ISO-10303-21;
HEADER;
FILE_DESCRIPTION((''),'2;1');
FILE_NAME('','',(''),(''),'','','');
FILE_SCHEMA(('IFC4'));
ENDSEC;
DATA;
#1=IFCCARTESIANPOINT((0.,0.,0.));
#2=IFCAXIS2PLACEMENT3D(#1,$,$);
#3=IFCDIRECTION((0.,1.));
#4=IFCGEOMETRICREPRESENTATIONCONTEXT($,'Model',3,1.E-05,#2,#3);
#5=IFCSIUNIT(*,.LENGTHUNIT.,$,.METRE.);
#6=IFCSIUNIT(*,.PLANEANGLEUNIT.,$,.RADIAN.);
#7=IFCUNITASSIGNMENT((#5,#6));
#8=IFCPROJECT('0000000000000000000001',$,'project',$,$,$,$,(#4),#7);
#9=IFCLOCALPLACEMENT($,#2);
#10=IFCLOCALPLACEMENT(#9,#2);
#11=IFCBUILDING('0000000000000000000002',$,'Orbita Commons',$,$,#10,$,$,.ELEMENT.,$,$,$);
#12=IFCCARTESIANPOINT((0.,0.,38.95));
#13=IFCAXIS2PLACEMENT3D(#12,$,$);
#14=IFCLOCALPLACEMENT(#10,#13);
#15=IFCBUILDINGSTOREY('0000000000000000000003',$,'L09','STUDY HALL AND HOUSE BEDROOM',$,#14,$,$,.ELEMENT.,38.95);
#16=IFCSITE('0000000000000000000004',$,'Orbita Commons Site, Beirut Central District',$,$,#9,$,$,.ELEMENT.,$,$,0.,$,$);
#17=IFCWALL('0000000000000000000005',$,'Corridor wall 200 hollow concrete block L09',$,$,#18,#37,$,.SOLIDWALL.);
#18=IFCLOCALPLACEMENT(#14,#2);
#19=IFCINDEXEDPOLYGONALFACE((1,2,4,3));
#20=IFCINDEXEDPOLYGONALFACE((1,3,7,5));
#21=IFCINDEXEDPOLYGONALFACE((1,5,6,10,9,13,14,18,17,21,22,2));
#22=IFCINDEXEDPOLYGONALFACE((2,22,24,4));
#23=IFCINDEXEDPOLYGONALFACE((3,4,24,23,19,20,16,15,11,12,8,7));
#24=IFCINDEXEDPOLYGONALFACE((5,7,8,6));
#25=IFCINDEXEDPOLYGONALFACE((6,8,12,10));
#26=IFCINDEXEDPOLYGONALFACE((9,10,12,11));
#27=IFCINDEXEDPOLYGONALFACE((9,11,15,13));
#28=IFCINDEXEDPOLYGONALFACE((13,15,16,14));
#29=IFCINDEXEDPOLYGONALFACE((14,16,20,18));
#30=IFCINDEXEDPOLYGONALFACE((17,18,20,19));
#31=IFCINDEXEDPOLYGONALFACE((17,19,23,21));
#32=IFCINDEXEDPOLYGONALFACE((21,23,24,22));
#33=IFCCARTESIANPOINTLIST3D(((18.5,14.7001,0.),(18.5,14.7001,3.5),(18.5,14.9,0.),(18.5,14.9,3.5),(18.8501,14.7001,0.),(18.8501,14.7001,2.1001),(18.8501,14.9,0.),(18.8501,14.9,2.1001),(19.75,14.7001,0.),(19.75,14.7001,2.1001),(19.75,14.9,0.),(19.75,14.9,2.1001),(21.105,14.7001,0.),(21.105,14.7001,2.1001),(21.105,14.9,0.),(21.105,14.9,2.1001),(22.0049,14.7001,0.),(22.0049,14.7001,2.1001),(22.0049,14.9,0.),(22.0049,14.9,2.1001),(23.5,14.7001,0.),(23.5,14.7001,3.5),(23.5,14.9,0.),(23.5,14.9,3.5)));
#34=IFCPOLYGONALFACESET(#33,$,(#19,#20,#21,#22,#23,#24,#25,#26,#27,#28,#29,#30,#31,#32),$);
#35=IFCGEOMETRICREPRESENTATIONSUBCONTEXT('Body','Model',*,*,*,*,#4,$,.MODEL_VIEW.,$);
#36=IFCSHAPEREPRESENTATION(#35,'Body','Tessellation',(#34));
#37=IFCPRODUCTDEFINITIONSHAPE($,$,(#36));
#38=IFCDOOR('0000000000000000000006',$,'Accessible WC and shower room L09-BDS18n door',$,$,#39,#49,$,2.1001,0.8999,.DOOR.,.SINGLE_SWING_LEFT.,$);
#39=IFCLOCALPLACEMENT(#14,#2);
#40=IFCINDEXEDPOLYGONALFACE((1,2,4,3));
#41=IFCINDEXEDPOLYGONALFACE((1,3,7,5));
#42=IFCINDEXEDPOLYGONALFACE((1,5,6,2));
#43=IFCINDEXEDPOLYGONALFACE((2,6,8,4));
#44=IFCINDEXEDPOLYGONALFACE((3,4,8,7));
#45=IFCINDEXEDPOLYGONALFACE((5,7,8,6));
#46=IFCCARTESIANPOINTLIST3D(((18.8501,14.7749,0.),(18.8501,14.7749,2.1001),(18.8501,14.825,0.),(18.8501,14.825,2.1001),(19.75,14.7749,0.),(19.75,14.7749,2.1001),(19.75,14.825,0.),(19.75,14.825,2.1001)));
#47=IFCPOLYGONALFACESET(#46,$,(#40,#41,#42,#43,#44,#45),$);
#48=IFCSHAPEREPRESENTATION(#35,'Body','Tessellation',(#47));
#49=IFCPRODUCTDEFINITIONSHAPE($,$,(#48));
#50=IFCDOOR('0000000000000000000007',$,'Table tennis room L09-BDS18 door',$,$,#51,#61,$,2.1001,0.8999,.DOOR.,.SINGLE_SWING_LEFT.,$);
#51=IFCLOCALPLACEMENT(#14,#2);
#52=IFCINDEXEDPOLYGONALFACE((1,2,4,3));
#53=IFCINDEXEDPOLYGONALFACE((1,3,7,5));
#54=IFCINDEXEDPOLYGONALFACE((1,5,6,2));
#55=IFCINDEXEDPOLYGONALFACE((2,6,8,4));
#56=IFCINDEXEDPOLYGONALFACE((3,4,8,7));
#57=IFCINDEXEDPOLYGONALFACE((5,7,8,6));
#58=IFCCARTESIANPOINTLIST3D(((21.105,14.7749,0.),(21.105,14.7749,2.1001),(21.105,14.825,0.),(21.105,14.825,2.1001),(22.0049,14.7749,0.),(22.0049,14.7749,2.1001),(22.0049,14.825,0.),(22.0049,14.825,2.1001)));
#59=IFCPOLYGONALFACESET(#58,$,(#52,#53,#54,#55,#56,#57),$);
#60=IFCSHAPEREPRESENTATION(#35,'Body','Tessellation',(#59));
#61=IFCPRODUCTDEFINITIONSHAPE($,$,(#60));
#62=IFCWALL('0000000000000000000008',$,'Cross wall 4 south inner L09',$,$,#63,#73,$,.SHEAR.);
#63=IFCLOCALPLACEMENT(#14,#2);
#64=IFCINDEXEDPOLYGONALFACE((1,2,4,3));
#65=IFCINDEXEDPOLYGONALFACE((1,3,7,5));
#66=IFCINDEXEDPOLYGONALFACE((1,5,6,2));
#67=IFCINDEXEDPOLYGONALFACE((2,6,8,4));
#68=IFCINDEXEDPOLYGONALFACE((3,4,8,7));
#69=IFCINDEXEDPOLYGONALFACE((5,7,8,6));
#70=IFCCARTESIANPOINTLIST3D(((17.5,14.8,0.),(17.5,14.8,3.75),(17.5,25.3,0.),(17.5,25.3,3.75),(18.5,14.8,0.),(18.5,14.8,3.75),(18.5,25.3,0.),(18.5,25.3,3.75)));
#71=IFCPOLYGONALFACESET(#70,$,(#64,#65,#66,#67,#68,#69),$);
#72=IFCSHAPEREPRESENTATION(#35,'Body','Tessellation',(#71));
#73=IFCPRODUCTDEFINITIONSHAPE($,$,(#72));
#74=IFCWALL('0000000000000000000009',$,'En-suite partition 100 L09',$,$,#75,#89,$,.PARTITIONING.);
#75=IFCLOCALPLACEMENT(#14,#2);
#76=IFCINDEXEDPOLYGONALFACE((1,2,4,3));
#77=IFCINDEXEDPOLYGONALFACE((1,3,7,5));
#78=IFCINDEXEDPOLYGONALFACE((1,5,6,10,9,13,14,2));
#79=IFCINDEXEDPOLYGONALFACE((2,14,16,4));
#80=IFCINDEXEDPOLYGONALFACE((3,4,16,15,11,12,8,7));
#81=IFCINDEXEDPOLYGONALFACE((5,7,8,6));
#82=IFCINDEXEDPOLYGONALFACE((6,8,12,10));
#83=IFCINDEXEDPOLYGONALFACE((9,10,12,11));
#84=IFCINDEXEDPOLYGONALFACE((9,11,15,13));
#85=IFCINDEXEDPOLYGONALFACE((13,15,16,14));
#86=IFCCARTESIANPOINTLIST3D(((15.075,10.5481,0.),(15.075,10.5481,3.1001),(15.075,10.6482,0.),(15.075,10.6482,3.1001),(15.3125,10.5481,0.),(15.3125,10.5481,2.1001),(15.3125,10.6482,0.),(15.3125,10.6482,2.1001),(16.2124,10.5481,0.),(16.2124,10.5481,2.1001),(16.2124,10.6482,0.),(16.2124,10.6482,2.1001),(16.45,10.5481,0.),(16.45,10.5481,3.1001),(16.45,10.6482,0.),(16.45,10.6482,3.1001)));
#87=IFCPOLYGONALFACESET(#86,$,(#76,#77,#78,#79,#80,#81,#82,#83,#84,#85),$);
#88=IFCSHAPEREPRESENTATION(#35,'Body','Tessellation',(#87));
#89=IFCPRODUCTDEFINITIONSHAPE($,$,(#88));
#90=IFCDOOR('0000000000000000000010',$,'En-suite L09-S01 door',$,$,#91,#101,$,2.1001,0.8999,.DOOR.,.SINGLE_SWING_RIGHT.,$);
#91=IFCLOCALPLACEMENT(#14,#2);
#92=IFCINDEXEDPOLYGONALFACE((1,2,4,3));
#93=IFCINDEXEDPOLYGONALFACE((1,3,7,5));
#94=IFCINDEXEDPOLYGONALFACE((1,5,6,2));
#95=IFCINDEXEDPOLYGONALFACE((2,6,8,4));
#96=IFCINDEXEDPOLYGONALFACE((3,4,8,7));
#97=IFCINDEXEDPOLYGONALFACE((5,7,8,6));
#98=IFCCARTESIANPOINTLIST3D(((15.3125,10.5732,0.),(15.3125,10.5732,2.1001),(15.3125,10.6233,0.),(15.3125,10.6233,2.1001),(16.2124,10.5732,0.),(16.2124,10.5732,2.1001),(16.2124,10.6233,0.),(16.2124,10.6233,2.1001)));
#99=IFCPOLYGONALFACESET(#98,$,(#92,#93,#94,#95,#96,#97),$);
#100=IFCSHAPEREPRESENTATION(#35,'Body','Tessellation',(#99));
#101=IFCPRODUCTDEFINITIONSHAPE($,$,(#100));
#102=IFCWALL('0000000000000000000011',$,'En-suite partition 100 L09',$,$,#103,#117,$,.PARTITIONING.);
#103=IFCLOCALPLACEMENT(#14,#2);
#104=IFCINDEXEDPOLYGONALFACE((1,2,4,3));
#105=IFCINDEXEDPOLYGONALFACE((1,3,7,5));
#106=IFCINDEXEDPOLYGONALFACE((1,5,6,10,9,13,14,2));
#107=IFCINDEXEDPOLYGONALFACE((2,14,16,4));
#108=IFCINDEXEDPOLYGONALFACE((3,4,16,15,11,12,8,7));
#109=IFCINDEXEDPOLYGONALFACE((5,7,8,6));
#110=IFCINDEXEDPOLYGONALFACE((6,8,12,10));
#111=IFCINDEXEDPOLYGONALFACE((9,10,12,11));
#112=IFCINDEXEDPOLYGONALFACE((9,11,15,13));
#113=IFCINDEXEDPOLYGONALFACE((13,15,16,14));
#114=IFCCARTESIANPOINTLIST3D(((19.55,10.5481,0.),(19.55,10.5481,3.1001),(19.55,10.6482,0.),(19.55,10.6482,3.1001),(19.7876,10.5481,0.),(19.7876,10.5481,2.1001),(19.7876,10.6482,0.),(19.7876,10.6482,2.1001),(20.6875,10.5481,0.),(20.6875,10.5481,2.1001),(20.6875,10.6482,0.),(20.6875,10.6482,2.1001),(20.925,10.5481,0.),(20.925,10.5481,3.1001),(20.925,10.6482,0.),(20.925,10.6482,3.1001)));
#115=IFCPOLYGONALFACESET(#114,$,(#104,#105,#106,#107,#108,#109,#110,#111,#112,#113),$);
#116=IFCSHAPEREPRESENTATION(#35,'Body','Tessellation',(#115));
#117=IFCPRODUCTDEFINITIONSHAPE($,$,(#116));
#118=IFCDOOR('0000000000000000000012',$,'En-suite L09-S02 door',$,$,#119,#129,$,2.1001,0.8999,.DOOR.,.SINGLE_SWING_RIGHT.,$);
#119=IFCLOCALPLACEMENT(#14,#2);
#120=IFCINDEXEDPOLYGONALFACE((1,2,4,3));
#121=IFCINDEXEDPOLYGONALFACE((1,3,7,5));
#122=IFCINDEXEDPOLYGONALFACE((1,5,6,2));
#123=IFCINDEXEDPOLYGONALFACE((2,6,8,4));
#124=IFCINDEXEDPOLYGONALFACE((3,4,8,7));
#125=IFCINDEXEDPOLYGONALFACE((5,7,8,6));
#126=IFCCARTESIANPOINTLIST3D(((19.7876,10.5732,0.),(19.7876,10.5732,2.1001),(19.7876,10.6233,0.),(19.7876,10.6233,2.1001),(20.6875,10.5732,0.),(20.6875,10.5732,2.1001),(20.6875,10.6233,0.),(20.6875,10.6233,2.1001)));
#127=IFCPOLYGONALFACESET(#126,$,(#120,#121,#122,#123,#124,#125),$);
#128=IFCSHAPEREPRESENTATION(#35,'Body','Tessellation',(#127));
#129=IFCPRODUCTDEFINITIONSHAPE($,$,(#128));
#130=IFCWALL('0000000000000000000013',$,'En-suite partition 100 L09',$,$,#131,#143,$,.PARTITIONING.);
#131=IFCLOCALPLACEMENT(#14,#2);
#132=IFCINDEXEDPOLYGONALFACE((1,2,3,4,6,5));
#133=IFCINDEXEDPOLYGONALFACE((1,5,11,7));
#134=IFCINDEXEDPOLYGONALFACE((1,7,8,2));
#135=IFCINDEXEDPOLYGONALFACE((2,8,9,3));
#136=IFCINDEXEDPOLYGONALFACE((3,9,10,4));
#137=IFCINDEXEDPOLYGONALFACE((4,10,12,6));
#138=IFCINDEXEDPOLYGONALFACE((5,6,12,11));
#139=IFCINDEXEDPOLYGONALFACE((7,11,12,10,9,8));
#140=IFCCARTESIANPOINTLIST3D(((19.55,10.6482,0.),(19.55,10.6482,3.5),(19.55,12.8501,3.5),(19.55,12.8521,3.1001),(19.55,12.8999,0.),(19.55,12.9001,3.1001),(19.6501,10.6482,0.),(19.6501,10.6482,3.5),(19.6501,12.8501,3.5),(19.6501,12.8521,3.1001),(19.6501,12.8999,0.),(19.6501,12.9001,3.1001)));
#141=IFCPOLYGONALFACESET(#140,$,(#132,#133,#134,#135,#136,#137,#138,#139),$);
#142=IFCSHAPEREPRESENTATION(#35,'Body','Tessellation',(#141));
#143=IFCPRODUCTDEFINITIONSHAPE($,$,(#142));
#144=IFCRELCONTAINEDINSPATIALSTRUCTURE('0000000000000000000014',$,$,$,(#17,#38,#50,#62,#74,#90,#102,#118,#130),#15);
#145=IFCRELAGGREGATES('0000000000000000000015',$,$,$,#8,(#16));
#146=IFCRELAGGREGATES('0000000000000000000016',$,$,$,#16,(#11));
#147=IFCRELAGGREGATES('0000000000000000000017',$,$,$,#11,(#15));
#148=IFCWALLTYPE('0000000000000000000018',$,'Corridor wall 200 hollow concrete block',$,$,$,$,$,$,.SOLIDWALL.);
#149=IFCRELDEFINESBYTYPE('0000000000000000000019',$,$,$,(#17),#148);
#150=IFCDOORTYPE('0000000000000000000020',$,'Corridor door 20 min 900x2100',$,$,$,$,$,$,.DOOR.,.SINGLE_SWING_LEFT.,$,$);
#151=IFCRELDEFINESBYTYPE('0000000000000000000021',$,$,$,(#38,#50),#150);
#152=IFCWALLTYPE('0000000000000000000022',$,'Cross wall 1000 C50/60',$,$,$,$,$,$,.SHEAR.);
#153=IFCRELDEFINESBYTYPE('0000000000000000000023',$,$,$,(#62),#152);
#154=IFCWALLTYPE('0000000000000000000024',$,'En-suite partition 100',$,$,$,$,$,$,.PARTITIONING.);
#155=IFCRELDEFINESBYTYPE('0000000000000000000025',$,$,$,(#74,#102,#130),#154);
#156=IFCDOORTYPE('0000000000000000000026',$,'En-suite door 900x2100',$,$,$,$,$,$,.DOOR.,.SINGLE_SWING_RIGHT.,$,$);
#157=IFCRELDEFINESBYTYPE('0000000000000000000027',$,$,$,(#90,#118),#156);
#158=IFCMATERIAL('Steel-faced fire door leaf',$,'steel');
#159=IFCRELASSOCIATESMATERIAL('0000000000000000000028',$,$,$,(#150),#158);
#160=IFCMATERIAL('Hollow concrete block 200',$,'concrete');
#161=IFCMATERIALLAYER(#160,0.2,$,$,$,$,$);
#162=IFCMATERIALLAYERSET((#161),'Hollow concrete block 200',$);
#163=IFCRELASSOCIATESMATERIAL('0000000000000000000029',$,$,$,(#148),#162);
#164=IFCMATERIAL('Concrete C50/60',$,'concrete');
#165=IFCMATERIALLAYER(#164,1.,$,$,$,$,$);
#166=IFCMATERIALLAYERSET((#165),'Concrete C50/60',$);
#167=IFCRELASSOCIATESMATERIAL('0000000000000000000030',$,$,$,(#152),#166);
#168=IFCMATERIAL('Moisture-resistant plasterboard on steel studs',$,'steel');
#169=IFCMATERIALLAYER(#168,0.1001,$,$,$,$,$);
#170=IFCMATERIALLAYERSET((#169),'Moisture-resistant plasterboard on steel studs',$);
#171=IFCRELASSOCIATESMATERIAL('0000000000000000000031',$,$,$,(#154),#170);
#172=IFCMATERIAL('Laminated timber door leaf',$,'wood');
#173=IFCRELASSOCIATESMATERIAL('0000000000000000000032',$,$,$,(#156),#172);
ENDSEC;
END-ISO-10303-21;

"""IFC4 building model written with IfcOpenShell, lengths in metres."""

from ifc_helpers import new_model, si_unit, direction, frame, frame_2d, origin, place, context, subcontext, project, spatial, polyline, rectangle, outline, extrude, material, layer, layer_set, type_object, element, fill, save


model = new_model("IFC4")

# Units and contexts
model_context = context("Model", 3, precision=1e-05, world=origin(), true_north=direction((0.0, 1.0)))
body_context = subcontext(model_context, "Body", "Model", "MODEL_VIEW")
ifc_project = project(units=[si_unit("LENGTHUNIT", "METRE"), si_unit("PLANEANGLEUNIT", "RADIAN")], contexts=[model_context])

# Site, building, storey
site_placement = place(None, origin())
site = spatial("IfcSite", under=ifc_project, at=site_placement, Name="Orbita Commons Site, Beirut Central District", CompositionType="ELEMENT", RefElevation=0.0)
building_placement = place(site_placement, origin())
building = spatial("IfcBuilding", under=site, at=building_placement, Name="Orbita Commons", CompositionType="ELEMENT")
storey_placement = place(building_placement, frame((0.0, 0.0, 38.95)))
storey = spatial("IfcBuildingStorey", under=building, at=storey_placement, Name="L09", Description="STUDY HALL AND HOUSE BEDROOM", CompositionType="ELEMENT", Elevation=38.95)

# Wall, openings, doors
ifc_material_1 = material(Name="Steel-faced fire door leaf", Category="steel")
door_type_1 = type_object("IfcDoorType", Name="Corridor door 20 min 900x2100", OperationType="SINGLE_SWING_LEFT", PredefinedType="DOOR", material=ifc_material_1)
ifc_material_2 = material(Name="Hollow concrete block 200", Category="concrete")
ifc_layer_1 = layer(ifc_material_2, 0.2)
ifc_layer_set_1 = layer_set([ifc_layer_1], Name="Hollow concrete block 200")
wall_type_1 = type_object("IfcWallType", Name="Corridor wall 200 hollow concrete block", PredefinedType="SOLIDWALL", material=ifc_layer_set_1)
wall_1_placement = place(storey_placement, frame((18.5, 14.8, 0.0), z_axis=(0.0, 0.0, 1.0), x_axis=(1.0, 0.0, 0.0)))
wall_1 = element("IfcWall", 1, at=wall_1_placement, inside=storey, type_object=wall_type_1, Name="Corridor wall 200 hollow concrete block L09", PredefinedType="SOLIDWALL", context=body_context, shape_type="SweptSolid", body=[
    extrude(rectangle(XDim=5.0, YDim=0.2, at=frame_2d((2.5, 0.0))), origin(), (0.0, 0.0, 1.0), 3.5),
])
opening_1_placement = place(wall_1_placement, frame((0.3501, 0.0, 0.0)))
opening_1 = element("IfcOpeningElement", 2, at=opening_1_placement, cuts=wall_1, PredefinedType="OPENING", context=body_context, shape_type="SweptSolid", body=[
    extrude(rectangle(XDim=0.8999, YDim=2.1001, at=frame_2d((0.45, 1.05))), frame((0.0, 0.1099, 0.0), z_axis=(0.0, -1.0, 0.0), x_axis=(1.0, 0.0, 0.0)), (0.0, 0.0, 1.0), 0.22),
])
opening_2_placement = place(wall_1_placement, frame((2.605, 0.0, 0.0)))
opening_2 = element("IfcOpeningElement", 3, at=opening_2_placement, cuts=wall_1, PredefinedType="OPENING", context=body_context, shape_type="SweptSolid", body=[
    extrude(rectangle(XDim=0.8999, YDim=2.1001, at=frame_2d((0.45, 1.05))), frame((0.0, 0.1099, 0.0), z_axis=(0.0, -1.0, 0.0), x_axis=(1.0, 0.0, 0.0)), (0.0, 0.0, 1.0), 0.22),
])
door_1_placement = place(opening_1_placement, origin())
door_1 = element("IfcDoor", 4, at=door_1_placement, inside=storey, type_object=door_type_1, Name="Accessible WC and shower room L09-BDS18n door", OperationType="SINGLE_SWING_LEFT", OverallHeight=2.1001, OverallWidth=0.8999, PredefinedType="DOOR", context=body_context, shape_type="SweptSolid", body=[
    extrude(rectangle(XDim=0.8999, YDim=2.1001, at=frame_2d((0.45, 1.05))), frame((0.0, 0.0249, 0.0), z_axis=(0.0, -1.0, 0.0), x_axis=(1.0, 0.0, 0.0)), (0.0, 0.0, 1.0), 0.05),
])
fill(opening_1, door_1)
door_2_placement = place(opening_2_placement, origin())
door_2 = element("IfcDoor", 5, at=door_2_placement, inside=storey, type_object=door_type_1, Name="Table tennis room L09-BDS18 door", OperationType="SINGLE_SWING_LEFT", OverallHeight=2.1001, OverallWidth=0.8999, PredefinedType="DOOR", context=body_context, shape_type="SweptSolid", body=[
    extrude(rectangle(XDim=0.8999, YDim=2.1001, at=frame_2d((0.45, 1.05))), frame((0.0, 0.0249, 0.0), z_axis=(0.0, -1.0, 0.0), x_axis=(1.0, 0.0, 0.0)), (0.0, 0.0, 1.0), 0.05),
])
fill(opening_2, door_2)

# Wall
ifc_material_3 = material(Name="Concrete C50/60", Category="concrete")
ifc_layer_2 = layer(ifc_material_3, 1.0)
ifc_layer_set_2 = layer_set([ifc_layer_2], Name="Concrete C50/60")
wall_type_2 = type_object("IfcWallType", Name="Cross wall 1000 C50/60", PredefinedType="SHEAR", material=ifc_layer_set_2)
wall_2_placement = place(storey_placement, frame((18.0, 14.8, 0.0), z_axis=(0.0, 0.0, 1.0), x_axis=(0.0, 1.0, 0.0)))
element("IfcWall", 6, at=wall_2_placement, inside=storey, type_object=wall_type_2, Name="Cross wall 4 south inner L09", PredefinedType="SHEAR", context=body_context, shape_type="SweptSolid", body=[
    extrude(rectangle(XDim=10.5, YDim=1.0, at=frame_2d((5.25, 0.0))), origin(), (0.0, 0.0, 1.0), 3.75),
])

# Walls, openings, doors
ifc_material_4 = material(Name="Moisture-resistant plasterboard on steel studs", Category="steel")
ifc_layer_3 = layer(ifc_material_4, 0.1001)
ifc_layer_set_3 = layer_set([ifc_layer_3], Name="Moisture-resistant plasterboard on steel studs")
wall_type_3 = type_object("IfcWallType", Name="En-suite partition 100", PredefinedType="PARTITIONING", material=ifc_layer_set_3)
wall_3_placement = place(storey_placement, frame((16.45, 10.5981, 0.0), z_axis=(0.0, 0.0, 1.0), x_axis=(-1.0, 0.0, 0.0)))
wall_3 = element("IfcWall", 7, at=wall_3_placement, inside=storey, type_object=wall_type_3, Name="En-suite partition 100 L09", PredefinedType="PARTITIONING", context=body_context, shape_type="SweptSolid", body=[
    extrude(outline(polyline([(0.0, 0.0), (1.375, 0.0), (1.375, 3.1001), (0.0, 3.1001), (0.0, 0.0)])), frame((0.0, 0.05, 0.0), z_axis=(0.0, -1.0, 0.0), x_axis=(1.0, 0.0, 0.0)), (0.0, 0.0, 1.0), 0.1001),
])
opening_3_placement = place(wall_3_placement, frame((0.2375, 0.0, 0.0)))
opening_3 = element("IfcOpeningElement", 8, at=opening_3_placement, cuts=wall_3, PredefinedType="OPENING", context=body_context, shape_type="SweptSolid", body=[
    extrude(rectangle(XDim=0.8999, YDim=2.1001, at=frame_2d((0.45, 1.05))), frame((0.0, 0.0601, 0.0), z_axis=(0.0, -1.0, 0.0), x_axis=(1.0, 0.0, 0.0)), (0.0, 0.0, 1.0), 0.1201),
])
ifc_material_5 = material(Name="Laminated timber door leaf", Category="wood")
door_type_2 = type_object("IfcDoorType", Name="En-suite door 900x2100", OperationType="SINGLE_SWING_RIGHT", PredefinedType="DOOR", material=ifc_material_5)
door_3_placement = place(opening_3_placement, origin())
door_3 = element("IfcDoor", 9, at=door_3_placement, inside=storey, type_object=door_type_2, Name="En-suite L09-S01 door", OperationType="SINGLE_SWING_RIGHT", OverallHeight=2.1001, OverallWidth=0.8999, PredefinedType="DOOR", context=body_context, shape_type="SweptSolid", body=[
    extrude(rectangle(XDim=0.8999, YDim=2.1001, at=frame_2d((0.45, 1.05))), frame((0.0, 0.0249, 0.0), z_axis=(0.0, -1.0, 0.0), x_axis=(1.0, 0.0, 0.0)), (0.0, 0.0, 1.0), 0.05),
])
fill(opening_3, door_3)
wall_4_placement = place(storey_placement, frame((20.925, 10.5981, 0.0), z_axis=(0.0, 0.0, 1.0), x_axis=(-1.0, 0.0, 0.0)))
wall_4 = element("IfcWall", 10, at=wall_4_placement, inside=storey, type_object=wall_type_3, Name="En-suite partition 100 L09", PredefinedType="PARTITIONING", context=body_context, shape_type="SweptSolid", body=[
    extrude(outline(polyline([(0.0, 0.0), (1.375, 0.0), (1.375, 3.1001), (0.0, 3.1001), (0.0, 0.0)])), frame((0.0, 0.05, 0.0), z_axis=(0.0, -1.0, 0.0), x_axis=(1.0, 0.0, 0.0)), (0.0, 0.0, 1.0), 0.1001),
])
opening_4_placement = place(wall_4_placement, frame((0.2375, 0.0, 0.0)))
opening_4 = element("IfcOpeningElement", 11, at=opening_4_placement, cuts=wall_4, PredefinedType="OPENING", context=body_context, shape_type="SweptSolid", body=[
    extrude(rectangle(XDim=0.8999, YDim=2.1001, at=frame_2d((0.45, 1.05))), frame((0.0, 0.0601, 0.0), z_axis=(0.0, -1.0, 0.0), x_axis=(1.0, 0.0, 0.0)), (0.0, 0.0, 1.0), 0.1201),
])
door_4_placement = place(opening_4_placement, origin())
door_4 = element("IfcDoor", 12, at=door_4_placement, inside=storey, type_object=door_type_2, Name="En-suite L09-S02 door", OperationType="SINGLE_SWING_RIGHT", OverallHeight=2.1001, OverallWidth=0.8999, PredefinedType="DOOR", context=body_context, shape_type="SweptSolid", body=[
    extrude(rectangle(XDim=0.8999, YDim=2.1001, at=frame_2d((0.45, 1.05))), frame((0.0, 0.0249, 0.0), z_axis=(0.0, -1.0, 0.0), x_axis=(1.0, 0.0, 0.0)), (0.0, 0.0, 1.0), 0.05),
])
fill(opening_4, door_4)

# Wall
wall_5_placement = place(storey_placement, frame((19.6001, 10.6482, 0.0), z_axis=(0.0, 0.0, 1.0), x_axis=(0.0, 1.0, 0.0)))
element("IfcWall", 13, at=wall_5_placement, inside=storey, type_object=wall_type_3, Name="En-suite partition 100 L09", PredefinedType="PARTITIONING", context=body_context, shape_type="SweptSolid", body=[
    extrude(outline(polyline([(0.0, 0.0), (2.2517, 0.0), (2.252, 3.1001), (2.2039, 3.1001), (2.2019, 3.5), (0.0, 3.5), (0.0, 0.0)])), frame((0.0, 0.05, 0.0), z_axis=(0.0, -1.0, 0.0), x_axis=(1.0, 0.0, 0.0)), (0.0, 0.0, 1.0), 0.1001),
])

save(model, "model.ifc")
